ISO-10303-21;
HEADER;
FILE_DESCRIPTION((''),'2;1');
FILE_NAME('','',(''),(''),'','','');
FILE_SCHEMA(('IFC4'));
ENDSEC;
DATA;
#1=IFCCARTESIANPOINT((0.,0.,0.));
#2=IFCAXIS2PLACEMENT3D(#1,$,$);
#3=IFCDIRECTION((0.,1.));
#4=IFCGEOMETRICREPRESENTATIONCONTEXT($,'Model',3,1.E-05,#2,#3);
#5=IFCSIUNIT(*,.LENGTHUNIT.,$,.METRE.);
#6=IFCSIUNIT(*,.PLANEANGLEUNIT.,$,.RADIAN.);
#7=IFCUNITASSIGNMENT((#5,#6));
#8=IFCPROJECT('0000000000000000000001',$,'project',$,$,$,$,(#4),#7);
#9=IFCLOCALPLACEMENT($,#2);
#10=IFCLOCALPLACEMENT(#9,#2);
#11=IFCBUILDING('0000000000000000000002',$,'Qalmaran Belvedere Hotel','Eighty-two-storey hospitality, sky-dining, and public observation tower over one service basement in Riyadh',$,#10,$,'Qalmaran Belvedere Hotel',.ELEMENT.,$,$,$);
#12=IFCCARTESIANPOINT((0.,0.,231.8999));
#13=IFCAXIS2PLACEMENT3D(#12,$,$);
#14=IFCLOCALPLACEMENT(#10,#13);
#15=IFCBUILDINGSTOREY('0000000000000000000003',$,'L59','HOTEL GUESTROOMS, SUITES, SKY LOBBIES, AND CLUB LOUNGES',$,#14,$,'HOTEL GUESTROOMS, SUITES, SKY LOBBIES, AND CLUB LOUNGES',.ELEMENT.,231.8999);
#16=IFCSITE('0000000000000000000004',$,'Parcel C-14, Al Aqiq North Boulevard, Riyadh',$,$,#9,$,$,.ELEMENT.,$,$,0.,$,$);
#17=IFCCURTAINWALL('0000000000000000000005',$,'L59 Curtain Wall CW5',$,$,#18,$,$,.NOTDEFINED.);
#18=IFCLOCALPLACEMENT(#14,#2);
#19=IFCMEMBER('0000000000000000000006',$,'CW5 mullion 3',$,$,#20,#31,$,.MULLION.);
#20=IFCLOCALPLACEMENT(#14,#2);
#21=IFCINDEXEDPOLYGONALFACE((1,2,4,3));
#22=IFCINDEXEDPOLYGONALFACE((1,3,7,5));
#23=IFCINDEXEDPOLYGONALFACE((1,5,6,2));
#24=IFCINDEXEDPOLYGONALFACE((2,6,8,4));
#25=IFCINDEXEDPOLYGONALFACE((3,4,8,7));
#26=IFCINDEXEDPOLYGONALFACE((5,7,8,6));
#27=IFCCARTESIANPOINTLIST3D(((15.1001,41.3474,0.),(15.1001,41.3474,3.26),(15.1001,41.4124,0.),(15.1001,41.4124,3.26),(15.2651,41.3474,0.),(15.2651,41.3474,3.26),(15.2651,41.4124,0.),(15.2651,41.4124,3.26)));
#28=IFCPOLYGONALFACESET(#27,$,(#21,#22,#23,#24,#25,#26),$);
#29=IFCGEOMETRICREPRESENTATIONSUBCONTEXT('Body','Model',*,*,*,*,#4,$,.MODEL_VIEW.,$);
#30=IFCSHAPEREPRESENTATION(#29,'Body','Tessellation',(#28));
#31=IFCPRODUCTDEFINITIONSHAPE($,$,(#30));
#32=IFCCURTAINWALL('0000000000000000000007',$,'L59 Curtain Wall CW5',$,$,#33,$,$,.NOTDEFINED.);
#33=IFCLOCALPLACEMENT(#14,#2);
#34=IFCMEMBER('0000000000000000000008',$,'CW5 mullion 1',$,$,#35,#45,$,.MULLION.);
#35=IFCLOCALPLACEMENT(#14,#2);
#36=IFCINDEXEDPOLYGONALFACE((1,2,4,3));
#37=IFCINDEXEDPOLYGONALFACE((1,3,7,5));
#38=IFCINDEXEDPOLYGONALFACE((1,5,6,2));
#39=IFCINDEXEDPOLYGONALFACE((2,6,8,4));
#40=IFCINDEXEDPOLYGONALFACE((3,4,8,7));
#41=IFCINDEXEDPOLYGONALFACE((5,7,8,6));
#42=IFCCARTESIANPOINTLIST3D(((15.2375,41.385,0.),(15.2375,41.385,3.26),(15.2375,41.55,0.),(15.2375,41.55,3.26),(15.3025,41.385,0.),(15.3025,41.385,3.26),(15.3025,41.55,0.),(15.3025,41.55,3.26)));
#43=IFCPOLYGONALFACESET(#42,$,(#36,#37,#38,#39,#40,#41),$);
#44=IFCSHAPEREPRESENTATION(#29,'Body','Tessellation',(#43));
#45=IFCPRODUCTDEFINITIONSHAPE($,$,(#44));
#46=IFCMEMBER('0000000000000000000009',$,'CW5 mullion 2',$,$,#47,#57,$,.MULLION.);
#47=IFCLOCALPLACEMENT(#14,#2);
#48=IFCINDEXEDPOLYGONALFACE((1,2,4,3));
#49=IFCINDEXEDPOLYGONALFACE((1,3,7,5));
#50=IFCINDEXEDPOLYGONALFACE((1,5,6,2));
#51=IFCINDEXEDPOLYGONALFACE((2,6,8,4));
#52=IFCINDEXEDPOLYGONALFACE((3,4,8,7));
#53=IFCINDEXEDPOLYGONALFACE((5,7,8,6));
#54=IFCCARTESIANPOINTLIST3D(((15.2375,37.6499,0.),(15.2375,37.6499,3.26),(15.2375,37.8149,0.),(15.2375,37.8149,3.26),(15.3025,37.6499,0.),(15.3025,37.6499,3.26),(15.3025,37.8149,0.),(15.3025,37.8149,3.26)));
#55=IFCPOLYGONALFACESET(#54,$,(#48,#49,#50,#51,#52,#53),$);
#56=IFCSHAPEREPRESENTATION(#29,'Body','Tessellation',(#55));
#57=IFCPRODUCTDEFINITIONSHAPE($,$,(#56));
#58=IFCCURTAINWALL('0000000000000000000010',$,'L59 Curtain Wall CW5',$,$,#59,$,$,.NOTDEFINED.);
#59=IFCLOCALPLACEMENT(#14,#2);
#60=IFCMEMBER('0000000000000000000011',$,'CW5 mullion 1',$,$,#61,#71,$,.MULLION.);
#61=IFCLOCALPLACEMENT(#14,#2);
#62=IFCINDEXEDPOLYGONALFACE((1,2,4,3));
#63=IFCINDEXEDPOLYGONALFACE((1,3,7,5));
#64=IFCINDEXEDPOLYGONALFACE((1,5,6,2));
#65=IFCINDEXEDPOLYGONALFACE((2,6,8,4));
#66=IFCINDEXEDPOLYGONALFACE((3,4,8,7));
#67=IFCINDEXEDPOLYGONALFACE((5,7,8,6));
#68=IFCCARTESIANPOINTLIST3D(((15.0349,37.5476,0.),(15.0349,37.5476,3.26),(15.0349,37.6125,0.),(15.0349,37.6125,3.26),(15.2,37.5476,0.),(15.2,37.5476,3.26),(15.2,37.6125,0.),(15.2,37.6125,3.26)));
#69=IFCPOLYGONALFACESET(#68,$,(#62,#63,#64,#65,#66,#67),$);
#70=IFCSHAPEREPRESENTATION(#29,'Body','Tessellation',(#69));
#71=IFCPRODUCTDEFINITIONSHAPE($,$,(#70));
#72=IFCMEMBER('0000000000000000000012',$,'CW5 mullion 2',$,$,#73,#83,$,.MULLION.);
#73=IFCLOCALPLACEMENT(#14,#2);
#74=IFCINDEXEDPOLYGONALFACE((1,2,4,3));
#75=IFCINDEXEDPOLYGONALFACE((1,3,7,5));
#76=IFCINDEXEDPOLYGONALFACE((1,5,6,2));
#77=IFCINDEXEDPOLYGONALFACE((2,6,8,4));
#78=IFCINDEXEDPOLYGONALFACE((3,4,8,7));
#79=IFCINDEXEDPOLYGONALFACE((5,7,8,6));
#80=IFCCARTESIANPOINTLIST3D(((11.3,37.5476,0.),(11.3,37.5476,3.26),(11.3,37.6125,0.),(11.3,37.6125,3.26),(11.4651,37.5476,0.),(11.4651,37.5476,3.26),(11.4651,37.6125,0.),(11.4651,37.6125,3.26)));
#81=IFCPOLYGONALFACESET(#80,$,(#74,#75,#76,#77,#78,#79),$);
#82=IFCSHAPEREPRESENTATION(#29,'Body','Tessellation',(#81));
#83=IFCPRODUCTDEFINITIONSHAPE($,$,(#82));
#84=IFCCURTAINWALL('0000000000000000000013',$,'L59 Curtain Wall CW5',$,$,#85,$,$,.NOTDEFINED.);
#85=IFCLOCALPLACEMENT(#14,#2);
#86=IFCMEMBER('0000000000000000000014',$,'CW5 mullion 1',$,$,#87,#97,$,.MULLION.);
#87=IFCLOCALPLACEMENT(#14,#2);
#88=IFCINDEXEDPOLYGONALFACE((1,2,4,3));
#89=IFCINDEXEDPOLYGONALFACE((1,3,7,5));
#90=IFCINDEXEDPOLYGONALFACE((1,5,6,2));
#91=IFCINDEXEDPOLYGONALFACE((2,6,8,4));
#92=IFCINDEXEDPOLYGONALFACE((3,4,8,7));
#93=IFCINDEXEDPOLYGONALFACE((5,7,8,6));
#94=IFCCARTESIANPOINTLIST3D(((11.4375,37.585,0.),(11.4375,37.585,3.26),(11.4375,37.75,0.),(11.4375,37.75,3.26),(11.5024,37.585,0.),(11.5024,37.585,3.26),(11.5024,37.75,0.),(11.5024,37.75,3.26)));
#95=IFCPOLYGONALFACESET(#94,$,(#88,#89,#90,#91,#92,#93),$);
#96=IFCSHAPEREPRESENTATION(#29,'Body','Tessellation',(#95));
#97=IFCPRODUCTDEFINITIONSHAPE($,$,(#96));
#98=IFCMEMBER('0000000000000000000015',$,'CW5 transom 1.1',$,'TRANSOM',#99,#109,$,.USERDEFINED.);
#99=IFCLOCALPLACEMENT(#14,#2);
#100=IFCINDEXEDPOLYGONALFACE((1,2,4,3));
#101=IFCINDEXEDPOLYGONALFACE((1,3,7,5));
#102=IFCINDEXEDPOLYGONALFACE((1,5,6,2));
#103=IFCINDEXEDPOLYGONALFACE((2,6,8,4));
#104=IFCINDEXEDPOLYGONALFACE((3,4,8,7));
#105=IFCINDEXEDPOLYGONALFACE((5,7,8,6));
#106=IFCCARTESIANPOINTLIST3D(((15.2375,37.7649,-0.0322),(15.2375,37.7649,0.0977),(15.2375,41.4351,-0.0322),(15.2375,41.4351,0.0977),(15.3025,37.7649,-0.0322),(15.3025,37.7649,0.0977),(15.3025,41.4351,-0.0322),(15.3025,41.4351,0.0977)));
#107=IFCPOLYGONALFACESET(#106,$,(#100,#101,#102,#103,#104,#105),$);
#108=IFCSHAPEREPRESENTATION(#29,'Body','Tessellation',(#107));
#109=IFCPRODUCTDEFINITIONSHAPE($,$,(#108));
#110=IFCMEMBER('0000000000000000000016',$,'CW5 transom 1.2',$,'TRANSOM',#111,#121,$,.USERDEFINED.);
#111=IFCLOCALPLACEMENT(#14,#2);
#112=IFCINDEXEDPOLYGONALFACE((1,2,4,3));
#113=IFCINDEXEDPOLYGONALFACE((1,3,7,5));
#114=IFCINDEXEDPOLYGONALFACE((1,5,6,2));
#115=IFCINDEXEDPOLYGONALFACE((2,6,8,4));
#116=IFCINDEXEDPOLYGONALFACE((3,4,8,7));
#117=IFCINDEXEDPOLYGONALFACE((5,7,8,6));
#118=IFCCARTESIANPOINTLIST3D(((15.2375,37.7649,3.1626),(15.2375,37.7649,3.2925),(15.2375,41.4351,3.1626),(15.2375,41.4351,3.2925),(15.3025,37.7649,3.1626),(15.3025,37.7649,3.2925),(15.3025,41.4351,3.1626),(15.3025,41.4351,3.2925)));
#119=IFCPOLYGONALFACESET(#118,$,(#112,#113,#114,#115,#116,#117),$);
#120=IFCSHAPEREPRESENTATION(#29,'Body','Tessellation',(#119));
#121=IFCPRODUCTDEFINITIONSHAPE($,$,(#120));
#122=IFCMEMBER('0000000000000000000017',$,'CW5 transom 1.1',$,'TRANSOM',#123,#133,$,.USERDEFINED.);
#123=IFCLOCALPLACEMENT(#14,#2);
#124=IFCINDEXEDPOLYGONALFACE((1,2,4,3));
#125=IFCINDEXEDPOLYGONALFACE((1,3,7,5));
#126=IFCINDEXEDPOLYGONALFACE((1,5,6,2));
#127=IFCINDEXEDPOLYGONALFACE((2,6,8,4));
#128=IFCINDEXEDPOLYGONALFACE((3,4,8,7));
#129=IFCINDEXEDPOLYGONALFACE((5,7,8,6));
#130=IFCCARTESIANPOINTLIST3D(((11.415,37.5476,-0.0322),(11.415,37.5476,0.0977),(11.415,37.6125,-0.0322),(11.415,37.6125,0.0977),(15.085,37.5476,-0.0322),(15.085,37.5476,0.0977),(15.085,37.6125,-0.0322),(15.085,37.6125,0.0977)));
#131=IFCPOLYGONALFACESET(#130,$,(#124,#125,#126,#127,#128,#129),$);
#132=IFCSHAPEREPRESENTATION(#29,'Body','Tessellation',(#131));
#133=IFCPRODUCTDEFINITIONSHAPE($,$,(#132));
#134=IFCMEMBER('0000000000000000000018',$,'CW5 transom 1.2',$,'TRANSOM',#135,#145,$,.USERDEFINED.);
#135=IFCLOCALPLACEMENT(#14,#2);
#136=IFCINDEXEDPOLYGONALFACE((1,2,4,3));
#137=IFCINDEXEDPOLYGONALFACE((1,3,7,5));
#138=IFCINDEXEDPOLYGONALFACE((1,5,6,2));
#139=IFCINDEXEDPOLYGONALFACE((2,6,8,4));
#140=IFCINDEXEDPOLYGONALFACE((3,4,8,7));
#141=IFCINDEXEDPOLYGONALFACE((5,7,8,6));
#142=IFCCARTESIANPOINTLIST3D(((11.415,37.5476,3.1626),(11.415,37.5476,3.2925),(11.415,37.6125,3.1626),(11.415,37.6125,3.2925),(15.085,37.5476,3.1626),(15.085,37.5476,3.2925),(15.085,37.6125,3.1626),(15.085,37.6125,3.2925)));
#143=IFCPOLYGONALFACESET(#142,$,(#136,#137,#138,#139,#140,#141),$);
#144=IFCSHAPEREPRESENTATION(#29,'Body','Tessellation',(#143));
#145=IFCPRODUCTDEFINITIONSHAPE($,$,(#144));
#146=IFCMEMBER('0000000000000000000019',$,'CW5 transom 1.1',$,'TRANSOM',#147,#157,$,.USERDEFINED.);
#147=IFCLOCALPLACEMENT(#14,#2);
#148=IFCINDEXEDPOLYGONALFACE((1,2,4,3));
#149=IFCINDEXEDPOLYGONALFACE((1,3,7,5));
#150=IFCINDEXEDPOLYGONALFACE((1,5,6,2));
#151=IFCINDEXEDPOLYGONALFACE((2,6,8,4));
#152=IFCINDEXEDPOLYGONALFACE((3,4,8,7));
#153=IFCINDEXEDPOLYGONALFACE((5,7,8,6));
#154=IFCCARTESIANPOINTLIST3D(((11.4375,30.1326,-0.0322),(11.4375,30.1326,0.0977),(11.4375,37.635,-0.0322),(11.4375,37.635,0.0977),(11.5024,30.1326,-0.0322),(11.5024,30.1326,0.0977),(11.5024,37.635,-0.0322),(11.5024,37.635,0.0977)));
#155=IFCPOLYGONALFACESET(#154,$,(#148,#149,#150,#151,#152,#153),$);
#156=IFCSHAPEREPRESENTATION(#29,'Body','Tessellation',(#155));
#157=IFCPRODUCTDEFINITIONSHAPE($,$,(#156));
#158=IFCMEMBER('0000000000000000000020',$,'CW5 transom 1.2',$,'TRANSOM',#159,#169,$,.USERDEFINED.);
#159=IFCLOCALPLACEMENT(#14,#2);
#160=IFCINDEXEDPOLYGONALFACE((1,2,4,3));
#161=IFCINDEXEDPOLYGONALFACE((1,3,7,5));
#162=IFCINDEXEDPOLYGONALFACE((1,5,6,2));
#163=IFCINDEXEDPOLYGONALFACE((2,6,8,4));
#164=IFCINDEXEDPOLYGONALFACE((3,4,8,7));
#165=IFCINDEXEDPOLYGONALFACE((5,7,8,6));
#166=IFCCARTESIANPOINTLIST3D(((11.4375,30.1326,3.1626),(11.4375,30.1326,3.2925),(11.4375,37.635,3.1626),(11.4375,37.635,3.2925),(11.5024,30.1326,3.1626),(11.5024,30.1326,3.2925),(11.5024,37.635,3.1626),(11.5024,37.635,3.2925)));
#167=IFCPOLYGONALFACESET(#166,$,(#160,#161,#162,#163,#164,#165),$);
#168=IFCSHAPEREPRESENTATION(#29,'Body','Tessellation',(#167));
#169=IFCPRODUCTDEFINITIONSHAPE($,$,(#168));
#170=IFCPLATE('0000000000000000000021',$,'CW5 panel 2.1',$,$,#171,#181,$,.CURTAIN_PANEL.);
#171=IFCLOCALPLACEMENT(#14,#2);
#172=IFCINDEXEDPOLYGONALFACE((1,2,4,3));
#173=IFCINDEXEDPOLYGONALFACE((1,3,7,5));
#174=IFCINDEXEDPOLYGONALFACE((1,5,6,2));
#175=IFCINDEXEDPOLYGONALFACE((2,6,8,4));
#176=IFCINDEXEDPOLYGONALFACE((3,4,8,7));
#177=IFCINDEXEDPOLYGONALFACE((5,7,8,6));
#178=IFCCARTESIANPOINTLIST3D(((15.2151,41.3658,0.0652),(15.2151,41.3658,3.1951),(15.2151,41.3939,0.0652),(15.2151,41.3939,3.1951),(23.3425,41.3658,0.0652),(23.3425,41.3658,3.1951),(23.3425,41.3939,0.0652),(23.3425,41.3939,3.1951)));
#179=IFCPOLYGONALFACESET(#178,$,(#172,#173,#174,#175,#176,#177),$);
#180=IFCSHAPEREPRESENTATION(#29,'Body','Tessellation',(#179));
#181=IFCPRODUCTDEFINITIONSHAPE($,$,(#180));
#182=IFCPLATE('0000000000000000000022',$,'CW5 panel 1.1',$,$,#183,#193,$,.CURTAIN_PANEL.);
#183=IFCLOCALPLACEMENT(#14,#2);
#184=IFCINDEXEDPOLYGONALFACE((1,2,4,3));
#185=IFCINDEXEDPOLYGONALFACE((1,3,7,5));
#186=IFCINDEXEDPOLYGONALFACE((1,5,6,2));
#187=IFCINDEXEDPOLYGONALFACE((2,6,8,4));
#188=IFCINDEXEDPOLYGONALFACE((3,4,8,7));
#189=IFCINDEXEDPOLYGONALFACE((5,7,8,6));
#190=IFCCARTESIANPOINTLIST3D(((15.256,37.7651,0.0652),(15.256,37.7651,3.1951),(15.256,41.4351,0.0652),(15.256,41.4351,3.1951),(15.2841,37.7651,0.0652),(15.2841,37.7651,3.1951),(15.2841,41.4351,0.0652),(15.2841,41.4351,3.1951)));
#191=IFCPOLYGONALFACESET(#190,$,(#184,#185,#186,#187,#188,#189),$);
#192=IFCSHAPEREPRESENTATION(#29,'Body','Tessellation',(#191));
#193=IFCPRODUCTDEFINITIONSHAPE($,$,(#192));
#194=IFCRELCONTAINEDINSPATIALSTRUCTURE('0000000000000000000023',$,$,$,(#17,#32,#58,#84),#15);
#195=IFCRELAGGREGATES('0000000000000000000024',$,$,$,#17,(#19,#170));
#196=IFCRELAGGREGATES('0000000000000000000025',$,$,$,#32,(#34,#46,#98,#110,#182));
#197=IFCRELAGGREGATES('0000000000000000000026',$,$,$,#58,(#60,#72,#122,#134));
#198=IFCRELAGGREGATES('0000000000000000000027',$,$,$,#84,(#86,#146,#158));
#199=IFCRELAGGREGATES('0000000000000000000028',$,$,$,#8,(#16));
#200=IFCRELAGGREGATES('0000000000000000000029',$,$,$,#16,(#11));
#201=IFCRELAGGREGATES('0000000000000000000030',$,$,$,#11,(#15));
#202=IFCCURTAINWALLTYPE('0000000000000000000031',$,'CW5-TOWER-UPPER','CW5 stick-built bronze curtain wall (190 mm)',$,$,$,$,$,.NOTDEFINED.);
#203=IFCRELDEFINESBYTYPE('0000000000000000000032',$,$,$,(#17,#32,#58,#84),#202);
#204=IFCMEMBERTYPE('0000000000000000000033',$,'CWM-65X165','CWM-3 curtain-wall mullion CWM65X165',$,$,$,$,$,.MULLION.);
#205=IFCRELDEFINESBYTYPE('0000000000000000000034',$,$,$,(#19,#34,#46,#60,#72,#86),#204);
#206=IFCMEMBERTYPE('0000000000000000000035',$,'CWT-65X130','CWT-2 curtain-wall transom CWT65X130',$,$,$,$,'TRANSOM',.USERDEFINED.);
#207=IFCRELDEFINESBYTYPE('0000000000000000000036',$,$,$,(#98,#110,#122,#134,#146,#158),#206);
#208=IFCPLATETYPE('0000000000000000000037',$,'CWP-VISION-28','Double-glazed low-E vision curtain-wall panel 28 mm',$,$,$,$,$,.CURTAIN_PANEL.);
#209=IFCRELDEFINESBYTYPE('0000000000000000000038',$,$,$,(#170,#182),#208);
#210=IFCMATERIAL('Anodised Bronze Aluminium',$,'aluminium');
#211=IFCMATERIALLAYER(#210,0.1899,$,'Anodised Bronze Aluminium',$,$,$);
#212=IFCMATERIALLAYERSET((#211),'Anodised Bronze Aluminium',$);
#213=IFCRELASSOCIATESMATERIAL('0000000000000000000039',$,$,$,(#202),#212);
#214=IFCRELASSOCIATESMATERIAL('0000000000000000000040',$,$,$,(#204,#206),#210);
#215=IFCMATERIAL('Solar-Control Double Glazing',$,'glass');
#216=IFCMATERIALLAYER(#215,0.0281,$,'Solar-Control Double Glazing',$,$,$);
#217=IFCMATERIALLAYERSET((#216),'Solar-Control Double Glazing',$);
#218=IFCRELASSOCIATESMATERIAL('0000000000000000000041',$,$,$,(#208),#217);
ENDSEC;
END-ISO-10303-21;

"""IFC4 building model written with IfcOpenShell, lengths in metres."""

from ifc_helpers import new_model, si_unit, direction, frame, origin, origin_2d, place, context, subcontext, project, spatial, rectangle, extrude, material, layer, layer_set, material_profile, profile_set, type_object, element, aggregate, save


model = new_model("IFC4")

# Units and contexts
model_context = context("Model", 3, precision=1e-05, world=origin(), true_north=direction((0.0, 1.0)))
body_context = subcontext(model_context, "Body", "Model", "MODEL_VIEW")
ifc_project = project(units=[si_unit("LENGTHUNIT", "METRE"), si_unit("PLANEANGLEUNIT", "RADIAN")], contexts=[model_context])

# Site, building, storey
site_placement = place(None, origin())
site = spatial("IfcSite", under=ifc_project, at=site_placement, Name="Parcel C-14, Al Aqiq North Boulevard, Riyadh", CompositionType="ELEMENT", RefElevation=0.0)
building_placement = place(site_placement, origin())
building = spatial("IfcBuilding", under=site, at=building_placement, Name="Qalmaran Belvedere Hotel", Description="Eighty-two-storey hospitality, sky-dining, and public observation tower over one service basement in Riyadh", LongName="Qalmaran Belvedere Hotel", CompositionType="ELEMENT")
storey_placement = place(building_placement, frame((0.0, 0.0, 231.8999)))
storey = spatial("IfcBuildingStorey", under=building, at=storey_placement, Name="L59", Description="HOTEL GUESTROOMS, SUITES, SKY LOBBIES, AND CLUB LOUNGES", LongName="HOTEL GUESTROOMS, SUITES, SKY LOBBIES, AND CLUB LOUNGES", CompositionType="ELEMENT", Elevation=231.8999)

# Curtain wall, member
ifc_material_1 = material(Name="Anodised Bronze Aluminium", Category="aluminium")
ifc_layer_1 = layer(ifc_material_1, 0.1899, Name="Anodised Bronze Aluminium")
ifc_layer_set_1 = layer_set([ifc_layer_1], Name="Anodised Bronze Aluminium")
curtain_wall_type = type_object("IfcCurtainWallType", Name="CW5-TOWER-UPPER", Description="CW5 stick-built bronze curtain wall (190 mm)", PredefinedType="NOTDEFINED", material=ifc_layer_set_1)
curtain_wall_1_placement = place(storey_placement, origin())
curtain_wall_1 = element("IfcCurtainWall", 1, at=curtain_wall_1_placement, inside=storey, type_object=curtain_wall_type, Name="L59 Curtain Wall CW5", PredefinedType="NOTDEFINED")
ifc_material_profile_1 = material_profile(ifc_material_1, rectangle(XDim=0.0649, YDim=0.165, at=origin_2d()), Name="CWM65X165")
ifc_profile_set_1 = profile_set([ifc_material_profile_1], Name="Anodised Bronze Aluminium")
member_type_1 = type_object("IfcMemberType", Name="CWM-65X165", Description="CWM-3 curtain-wall mullion CWM65X165", PredefinedType="MULLION", material=ifc_profile_set_1)
member_1_placement = place(storey_placement, frame((15.1826, 41.3799, 0.0), z_axis=(0.0, 0.0, 1.0), x_axis=(0.0, -1.0, 0.0)))
member_1 = element("IfcMember", 2, at=member_1_placement, type_object=member_type_1, Name="CW5 mullion 3", PredefinedType="MULLION", context=body_context, shape_type="SweptSolid", body=[
    extrude(rectangle(XDim=0.0649, YDim=0.165, at=origin_2d()), origin(), (0.0, 0.0, 1.0), 3.26),
])

# Curtain walls, members
curtain_wall_2_placement = place(storey_placement, origin())
curtain_wall_2 = element("IfcCurtainWall", 3, at=curtain_wall_2_placement, inside=storey, type_object=curtain_wall_type, Name="L59 Curtain Wall CW5", PredefinedType="NOTDEFINED")
member_2_placement = place(storey_placement, frame((15.27, 41.4675, 0.0), z_axis=(0.0, 0.0, 1.0), x_axis=(1.0, 0.0, 0.0)))
member_2 = element("IfcMember", 4, at=member_2_placement, type_object=member_type_1, Name="CW5 mullion 1", PredefinedType="MULLION", context=body_context, shape_type="SweptSolid", body=[
    extrude(rectangle(XDim=0.0649, YDim=0.165, at=origin_2d()), origin(), (0.0, 0.0, 1.0), 3.26),
])
member_3_placement = place(storey_placement, frame((15.27, 37.7324, 0.0), z_axis=(0.0, 0.0, 1.0), x_axis=(1.0, 0.0, 0.0)))
member_3 = element("IfcMember", 5, at=member_3_placement, type_object=member_type_1, Name="CW5 mullion 2", PredefinedType="MULLION", context=body_context, shape_type="SweptSolid", body=[
    extrude(rectangle(XDim=0.0649, YDim=0.165, at=origin_2d()), origin(), (0.0, 0.0, 1.0), 3.26),
])
curtain_wall_3_placement = place(storey_placement, origin())
curtain_wall_3 = element("IfcCurtainWall", 6, at=curtain_wall_3_placement, inside=storey, type_object=curtain_wall_type, Name="L59 Curtain Wall CW5", PredefinedType="NOTDEFINED")
member_4_placement = place(storey_placement, frame((15.1174, 37.5801, 0.0), z_axis=(0.0, 0.0, 1.0), x_axis=(0.0, -1.0, 0.0)))
member_4 = element("IfcMember", 7, at=member_4_placement, type_object=member_type_1, Name="CW5 mullion 1", PredefinedType="MULLION", context=body_context, shape_type="SweptSolid", body=[
    extrude(rectangle(XDim=0.0649, YDim=0.165, at=origin_2d()), origin(), (0.0, 0.0, 1.0), 3.26),
])
member_5_placement = place(storey_placement, frame((11.3826, 37.5801, 0.0), z_axis=(0.0, 0.0, 1.0), x_axis=(0.0, -1.0, 0.0)))
member_5 = element("IfcMember", 8, at=member_5_placement, type_object=member_type_1, Name="CW5 mullion 2", PredefinedType="MULLION", context=body_context, shape_type="SweptSolid", body=[
    extrude(rectangle(XDim=0.0649, YDim=0.165, at=origin_2d()), origin(), (0.0, 0.0, 1.0), 3.26),
])

# Curtain wall, member
curtain_wall_4_placement = place(storey_placement, origin())
curtain_wall_4 = element("IfcCurtainWall", 9, at=curtain_wall_4_placement, inside=storey, type_object=curtain_wall_type, Name="L59 Curtain Wall CW5", PredefinedType="NOTDEFINED")
member_6_placement = place(storey_placement, frame((11.47, 37.6675, 0.0), z_axis=(0.0, 0.0, 1.0), x_axis=(1.0, 0.0, 0.0)))
member_6 = element("IfcMember", 10, at=member_6_placement, type_object=member_type_1, Name="CW5 mullion 1", PredefinedType="MULLION", context=body_context, shape_type="SweptSolid", body=[
    extrude(rectangle(XDim=0.0649, YDim=0.165, at=origin_2d()), origin(), (0.0, 0.0, 1.0), 3.26),
])

# Members
ifc_material_profile_2 = material_profile(ifc_material_1, rectangle(XDim=0.0649, YDim=0.1299, at=origin_2d()), Name="CWT65X130")
ifc_profile_set_2 = profile_set([ifc_material_profile_2], Name="Anodised Bronze Aluminium")
member_type_2 = type_object("IfcMemberType", Name="CWT-65X130", Description="CWT-2 curtain-wall transom CWT65X130", ElementType="TRANSOM", PredefinedType="USERDEFINED", material=ifc_profile_set_2)
member_7_placement = place(storey_placement, frame((15.27, 41.4351, 0.0327), z_axis=(0.0, -1.0, 0.0), x_axis=(1.0, 0.0, 0.0)))
member_7 = element("IfcMember", 11, at=member_7_placement, type_object=member_type_2, Name="CW5 transom 1.1", ObjectType="TRANSOM", PredefinedType="USERDEFINED", context=body_context, shape_type="SweptSolid", body=[
    extrude(rectangle(XDim=0.0649, YDim=0.1299, at=origin_2d()), origin(), (0.0, 0.0, 1.0), 3.6702),
])
member_8_placement = place(storey_placement, frame((15.27, 41.4351, 3.2275), z_axis=(0.0, -1.0, 0.0), x_axis=(1.0, 0.0, 0.0)))
member_8 = element("IfcMember", 12, at=member_8_placement, type_object=member_type_2, Name="CW5 transom 1.2", ObjectType="TRANSOM", PredefinedType="USERDEFINED", context=body_context, shape_type="SweptSolid", body=[
    extrude(rectangle(XDim=0.0649, YDim=0.1299, at=origin_2d()), origin(), (0.0, 0.0, 1.0), 3.6702),
])
member_9_placement = place(storey_placement, frame((15.085, 37.5801, 0.0327), z_axis=(-1.0, 0.0, 0.0), x_axis=(0.0, -1.0, 0.0)))
member_9 = element("IfcMember", 13, at=member_9_placement, type_object=member_type_2, Name="CW5 transom 1.1", ObjectType="TRANSOM", PredefinedType="USERDEFINED", context=body_context, shape_type="SweptSolid", body=[
    extrude(rectangle(XDim=0.0649, YDim=0.1299, at=origin_2d()), origin(), (0.0, 0.0, 1.0), 3.6699),
])
member_10_placement = place(storey_placement, frame((15.085, 37.5801, 3.2275), z_axis=(-1.0, 0.0, 0.0), x_axis=(0.0, -1.0, 0.0)))
member_10 = element("IfcMember", 14, at=member_10_placement, type_object=member_type_2, Name="CW5 transom 1.2", ObjectType="TRANSOM", PredefinedType="USERDEFINED", context=body_context, shape_type="SweptSolid", body=[
    extrude(rectangle(XDim=0.0649, YDim=0.1299, at=origin_2d()), origin(), (0.0, 0.0, 1.0), 3.6699),
])
member_11_placement = place(storey_placement, frame((11.47, 37.635, 0.0327), z_axis=(0.0, -1.0, 0.0), x_axis=(1.0, 0.0, 0.0)))
member_11 = element("IfcMember", 15, at=member_11_placement, type_object=member_type_2, Name="CW5 transom 1.1", ObjectType="TRANSOM", PredefinedType="USERDEFINED", context=body_context, shape_type="SweptSolid", body=[
    extrude(rectangle(XDim=0.0649, YDim=0.1299, at=origin_2d()), origin(), (0.0, 0.0, 1.0), 7.5024),
])
member_12_placement = place(storey_placement, frame((11.47, 37.635, 3.2275), z_axis=(0.0, -1.0, 0.0), x_axis=(1.0, 0.0, 0.0)))
member_12 = element("IfcMember", 16, at=member_12_placement, type_object=member_type_2, Name="CW5 transom 1.2", ObjectType="TRANSOM", PredefinedType="USERDEFINED", context=body_context, shape_type="SweptSolid", body=[
    extrude(rectangle(XDim=0.0649, YDim=0.1299, at=origin_2d()), origin(), (0.0, 0.0, 1.0), 7.5024),
])

# Plates
ifc_material_2 = material(Name="Solar-Control Double Glazing", Category="glass")
ifc_layer_2 = layer(ifc_material_2, 0.0281, Name="Solar-Control Double Glazing")
ifc_layer_set_2 = layer_set([ifc_layer_2], Name="Solar-Control Double Glazing")
plate_type = type_object("IfcPlateType", Name="CWP-VISION-28", Description="Double-glazed low-E vision curtain-wall panel 28 mm", PredefinedType="CURTAIN_PANEL", material=ifc_layer_set_2)
plate_1_placement = place(storey_placement, frame((19.2788, 41.3799, 0.0652), z_axis=(0.0, 0.0, 1.0), x_axis=(-1.0, 0.0, 0.0)))
plate_1 = element("IfcPlate", 17, at=plate_1_placement, type_object=plate_type, Name="CW5 panel 2.1", PredefinedType="CURTAIN_PANEL", context=body_context, shape_type="SweptSolid", body=[
    extrude(rectangle(XDim=8.1274, YDim=0.0281, at=origin_2d()), origin(), (0.0, 0.0, 1.0), 3.1299),
])
aggregate(curtain_wall_1, [member_1, plate_1])
plate_2_placement = place(storey_placement, frame((15.27, 39.6001, 0.0652), z_axis=(0.0, 0.0, 1.0), x_axis=(0.0, -1.0, 0.0)))
plate_2 = element("IfcPlate", 18, at=plate_2_placement, type_object=plate_type, Name="CW5 panel 1.1", PredefinedType="CURTAIN_PANEL", context=body_context, shape_type="SweptSolid", body=[
    extrude(rectangle(XDim=3.6699, YDim=0.0281, at=origin_2d()), origin(), (0.0, 0.0, 1.0), 3.1299),
])
aggregate(curtain_wall_2, [member_2, member_3, member_7, member_8, plate_2])
aggregate(curtain_wall_3, [member_4, member_5, member_9, member_10])
aggregate(curtain_wall_4, [member_6, member_11, member_12])

save(model, "model.ifc")
